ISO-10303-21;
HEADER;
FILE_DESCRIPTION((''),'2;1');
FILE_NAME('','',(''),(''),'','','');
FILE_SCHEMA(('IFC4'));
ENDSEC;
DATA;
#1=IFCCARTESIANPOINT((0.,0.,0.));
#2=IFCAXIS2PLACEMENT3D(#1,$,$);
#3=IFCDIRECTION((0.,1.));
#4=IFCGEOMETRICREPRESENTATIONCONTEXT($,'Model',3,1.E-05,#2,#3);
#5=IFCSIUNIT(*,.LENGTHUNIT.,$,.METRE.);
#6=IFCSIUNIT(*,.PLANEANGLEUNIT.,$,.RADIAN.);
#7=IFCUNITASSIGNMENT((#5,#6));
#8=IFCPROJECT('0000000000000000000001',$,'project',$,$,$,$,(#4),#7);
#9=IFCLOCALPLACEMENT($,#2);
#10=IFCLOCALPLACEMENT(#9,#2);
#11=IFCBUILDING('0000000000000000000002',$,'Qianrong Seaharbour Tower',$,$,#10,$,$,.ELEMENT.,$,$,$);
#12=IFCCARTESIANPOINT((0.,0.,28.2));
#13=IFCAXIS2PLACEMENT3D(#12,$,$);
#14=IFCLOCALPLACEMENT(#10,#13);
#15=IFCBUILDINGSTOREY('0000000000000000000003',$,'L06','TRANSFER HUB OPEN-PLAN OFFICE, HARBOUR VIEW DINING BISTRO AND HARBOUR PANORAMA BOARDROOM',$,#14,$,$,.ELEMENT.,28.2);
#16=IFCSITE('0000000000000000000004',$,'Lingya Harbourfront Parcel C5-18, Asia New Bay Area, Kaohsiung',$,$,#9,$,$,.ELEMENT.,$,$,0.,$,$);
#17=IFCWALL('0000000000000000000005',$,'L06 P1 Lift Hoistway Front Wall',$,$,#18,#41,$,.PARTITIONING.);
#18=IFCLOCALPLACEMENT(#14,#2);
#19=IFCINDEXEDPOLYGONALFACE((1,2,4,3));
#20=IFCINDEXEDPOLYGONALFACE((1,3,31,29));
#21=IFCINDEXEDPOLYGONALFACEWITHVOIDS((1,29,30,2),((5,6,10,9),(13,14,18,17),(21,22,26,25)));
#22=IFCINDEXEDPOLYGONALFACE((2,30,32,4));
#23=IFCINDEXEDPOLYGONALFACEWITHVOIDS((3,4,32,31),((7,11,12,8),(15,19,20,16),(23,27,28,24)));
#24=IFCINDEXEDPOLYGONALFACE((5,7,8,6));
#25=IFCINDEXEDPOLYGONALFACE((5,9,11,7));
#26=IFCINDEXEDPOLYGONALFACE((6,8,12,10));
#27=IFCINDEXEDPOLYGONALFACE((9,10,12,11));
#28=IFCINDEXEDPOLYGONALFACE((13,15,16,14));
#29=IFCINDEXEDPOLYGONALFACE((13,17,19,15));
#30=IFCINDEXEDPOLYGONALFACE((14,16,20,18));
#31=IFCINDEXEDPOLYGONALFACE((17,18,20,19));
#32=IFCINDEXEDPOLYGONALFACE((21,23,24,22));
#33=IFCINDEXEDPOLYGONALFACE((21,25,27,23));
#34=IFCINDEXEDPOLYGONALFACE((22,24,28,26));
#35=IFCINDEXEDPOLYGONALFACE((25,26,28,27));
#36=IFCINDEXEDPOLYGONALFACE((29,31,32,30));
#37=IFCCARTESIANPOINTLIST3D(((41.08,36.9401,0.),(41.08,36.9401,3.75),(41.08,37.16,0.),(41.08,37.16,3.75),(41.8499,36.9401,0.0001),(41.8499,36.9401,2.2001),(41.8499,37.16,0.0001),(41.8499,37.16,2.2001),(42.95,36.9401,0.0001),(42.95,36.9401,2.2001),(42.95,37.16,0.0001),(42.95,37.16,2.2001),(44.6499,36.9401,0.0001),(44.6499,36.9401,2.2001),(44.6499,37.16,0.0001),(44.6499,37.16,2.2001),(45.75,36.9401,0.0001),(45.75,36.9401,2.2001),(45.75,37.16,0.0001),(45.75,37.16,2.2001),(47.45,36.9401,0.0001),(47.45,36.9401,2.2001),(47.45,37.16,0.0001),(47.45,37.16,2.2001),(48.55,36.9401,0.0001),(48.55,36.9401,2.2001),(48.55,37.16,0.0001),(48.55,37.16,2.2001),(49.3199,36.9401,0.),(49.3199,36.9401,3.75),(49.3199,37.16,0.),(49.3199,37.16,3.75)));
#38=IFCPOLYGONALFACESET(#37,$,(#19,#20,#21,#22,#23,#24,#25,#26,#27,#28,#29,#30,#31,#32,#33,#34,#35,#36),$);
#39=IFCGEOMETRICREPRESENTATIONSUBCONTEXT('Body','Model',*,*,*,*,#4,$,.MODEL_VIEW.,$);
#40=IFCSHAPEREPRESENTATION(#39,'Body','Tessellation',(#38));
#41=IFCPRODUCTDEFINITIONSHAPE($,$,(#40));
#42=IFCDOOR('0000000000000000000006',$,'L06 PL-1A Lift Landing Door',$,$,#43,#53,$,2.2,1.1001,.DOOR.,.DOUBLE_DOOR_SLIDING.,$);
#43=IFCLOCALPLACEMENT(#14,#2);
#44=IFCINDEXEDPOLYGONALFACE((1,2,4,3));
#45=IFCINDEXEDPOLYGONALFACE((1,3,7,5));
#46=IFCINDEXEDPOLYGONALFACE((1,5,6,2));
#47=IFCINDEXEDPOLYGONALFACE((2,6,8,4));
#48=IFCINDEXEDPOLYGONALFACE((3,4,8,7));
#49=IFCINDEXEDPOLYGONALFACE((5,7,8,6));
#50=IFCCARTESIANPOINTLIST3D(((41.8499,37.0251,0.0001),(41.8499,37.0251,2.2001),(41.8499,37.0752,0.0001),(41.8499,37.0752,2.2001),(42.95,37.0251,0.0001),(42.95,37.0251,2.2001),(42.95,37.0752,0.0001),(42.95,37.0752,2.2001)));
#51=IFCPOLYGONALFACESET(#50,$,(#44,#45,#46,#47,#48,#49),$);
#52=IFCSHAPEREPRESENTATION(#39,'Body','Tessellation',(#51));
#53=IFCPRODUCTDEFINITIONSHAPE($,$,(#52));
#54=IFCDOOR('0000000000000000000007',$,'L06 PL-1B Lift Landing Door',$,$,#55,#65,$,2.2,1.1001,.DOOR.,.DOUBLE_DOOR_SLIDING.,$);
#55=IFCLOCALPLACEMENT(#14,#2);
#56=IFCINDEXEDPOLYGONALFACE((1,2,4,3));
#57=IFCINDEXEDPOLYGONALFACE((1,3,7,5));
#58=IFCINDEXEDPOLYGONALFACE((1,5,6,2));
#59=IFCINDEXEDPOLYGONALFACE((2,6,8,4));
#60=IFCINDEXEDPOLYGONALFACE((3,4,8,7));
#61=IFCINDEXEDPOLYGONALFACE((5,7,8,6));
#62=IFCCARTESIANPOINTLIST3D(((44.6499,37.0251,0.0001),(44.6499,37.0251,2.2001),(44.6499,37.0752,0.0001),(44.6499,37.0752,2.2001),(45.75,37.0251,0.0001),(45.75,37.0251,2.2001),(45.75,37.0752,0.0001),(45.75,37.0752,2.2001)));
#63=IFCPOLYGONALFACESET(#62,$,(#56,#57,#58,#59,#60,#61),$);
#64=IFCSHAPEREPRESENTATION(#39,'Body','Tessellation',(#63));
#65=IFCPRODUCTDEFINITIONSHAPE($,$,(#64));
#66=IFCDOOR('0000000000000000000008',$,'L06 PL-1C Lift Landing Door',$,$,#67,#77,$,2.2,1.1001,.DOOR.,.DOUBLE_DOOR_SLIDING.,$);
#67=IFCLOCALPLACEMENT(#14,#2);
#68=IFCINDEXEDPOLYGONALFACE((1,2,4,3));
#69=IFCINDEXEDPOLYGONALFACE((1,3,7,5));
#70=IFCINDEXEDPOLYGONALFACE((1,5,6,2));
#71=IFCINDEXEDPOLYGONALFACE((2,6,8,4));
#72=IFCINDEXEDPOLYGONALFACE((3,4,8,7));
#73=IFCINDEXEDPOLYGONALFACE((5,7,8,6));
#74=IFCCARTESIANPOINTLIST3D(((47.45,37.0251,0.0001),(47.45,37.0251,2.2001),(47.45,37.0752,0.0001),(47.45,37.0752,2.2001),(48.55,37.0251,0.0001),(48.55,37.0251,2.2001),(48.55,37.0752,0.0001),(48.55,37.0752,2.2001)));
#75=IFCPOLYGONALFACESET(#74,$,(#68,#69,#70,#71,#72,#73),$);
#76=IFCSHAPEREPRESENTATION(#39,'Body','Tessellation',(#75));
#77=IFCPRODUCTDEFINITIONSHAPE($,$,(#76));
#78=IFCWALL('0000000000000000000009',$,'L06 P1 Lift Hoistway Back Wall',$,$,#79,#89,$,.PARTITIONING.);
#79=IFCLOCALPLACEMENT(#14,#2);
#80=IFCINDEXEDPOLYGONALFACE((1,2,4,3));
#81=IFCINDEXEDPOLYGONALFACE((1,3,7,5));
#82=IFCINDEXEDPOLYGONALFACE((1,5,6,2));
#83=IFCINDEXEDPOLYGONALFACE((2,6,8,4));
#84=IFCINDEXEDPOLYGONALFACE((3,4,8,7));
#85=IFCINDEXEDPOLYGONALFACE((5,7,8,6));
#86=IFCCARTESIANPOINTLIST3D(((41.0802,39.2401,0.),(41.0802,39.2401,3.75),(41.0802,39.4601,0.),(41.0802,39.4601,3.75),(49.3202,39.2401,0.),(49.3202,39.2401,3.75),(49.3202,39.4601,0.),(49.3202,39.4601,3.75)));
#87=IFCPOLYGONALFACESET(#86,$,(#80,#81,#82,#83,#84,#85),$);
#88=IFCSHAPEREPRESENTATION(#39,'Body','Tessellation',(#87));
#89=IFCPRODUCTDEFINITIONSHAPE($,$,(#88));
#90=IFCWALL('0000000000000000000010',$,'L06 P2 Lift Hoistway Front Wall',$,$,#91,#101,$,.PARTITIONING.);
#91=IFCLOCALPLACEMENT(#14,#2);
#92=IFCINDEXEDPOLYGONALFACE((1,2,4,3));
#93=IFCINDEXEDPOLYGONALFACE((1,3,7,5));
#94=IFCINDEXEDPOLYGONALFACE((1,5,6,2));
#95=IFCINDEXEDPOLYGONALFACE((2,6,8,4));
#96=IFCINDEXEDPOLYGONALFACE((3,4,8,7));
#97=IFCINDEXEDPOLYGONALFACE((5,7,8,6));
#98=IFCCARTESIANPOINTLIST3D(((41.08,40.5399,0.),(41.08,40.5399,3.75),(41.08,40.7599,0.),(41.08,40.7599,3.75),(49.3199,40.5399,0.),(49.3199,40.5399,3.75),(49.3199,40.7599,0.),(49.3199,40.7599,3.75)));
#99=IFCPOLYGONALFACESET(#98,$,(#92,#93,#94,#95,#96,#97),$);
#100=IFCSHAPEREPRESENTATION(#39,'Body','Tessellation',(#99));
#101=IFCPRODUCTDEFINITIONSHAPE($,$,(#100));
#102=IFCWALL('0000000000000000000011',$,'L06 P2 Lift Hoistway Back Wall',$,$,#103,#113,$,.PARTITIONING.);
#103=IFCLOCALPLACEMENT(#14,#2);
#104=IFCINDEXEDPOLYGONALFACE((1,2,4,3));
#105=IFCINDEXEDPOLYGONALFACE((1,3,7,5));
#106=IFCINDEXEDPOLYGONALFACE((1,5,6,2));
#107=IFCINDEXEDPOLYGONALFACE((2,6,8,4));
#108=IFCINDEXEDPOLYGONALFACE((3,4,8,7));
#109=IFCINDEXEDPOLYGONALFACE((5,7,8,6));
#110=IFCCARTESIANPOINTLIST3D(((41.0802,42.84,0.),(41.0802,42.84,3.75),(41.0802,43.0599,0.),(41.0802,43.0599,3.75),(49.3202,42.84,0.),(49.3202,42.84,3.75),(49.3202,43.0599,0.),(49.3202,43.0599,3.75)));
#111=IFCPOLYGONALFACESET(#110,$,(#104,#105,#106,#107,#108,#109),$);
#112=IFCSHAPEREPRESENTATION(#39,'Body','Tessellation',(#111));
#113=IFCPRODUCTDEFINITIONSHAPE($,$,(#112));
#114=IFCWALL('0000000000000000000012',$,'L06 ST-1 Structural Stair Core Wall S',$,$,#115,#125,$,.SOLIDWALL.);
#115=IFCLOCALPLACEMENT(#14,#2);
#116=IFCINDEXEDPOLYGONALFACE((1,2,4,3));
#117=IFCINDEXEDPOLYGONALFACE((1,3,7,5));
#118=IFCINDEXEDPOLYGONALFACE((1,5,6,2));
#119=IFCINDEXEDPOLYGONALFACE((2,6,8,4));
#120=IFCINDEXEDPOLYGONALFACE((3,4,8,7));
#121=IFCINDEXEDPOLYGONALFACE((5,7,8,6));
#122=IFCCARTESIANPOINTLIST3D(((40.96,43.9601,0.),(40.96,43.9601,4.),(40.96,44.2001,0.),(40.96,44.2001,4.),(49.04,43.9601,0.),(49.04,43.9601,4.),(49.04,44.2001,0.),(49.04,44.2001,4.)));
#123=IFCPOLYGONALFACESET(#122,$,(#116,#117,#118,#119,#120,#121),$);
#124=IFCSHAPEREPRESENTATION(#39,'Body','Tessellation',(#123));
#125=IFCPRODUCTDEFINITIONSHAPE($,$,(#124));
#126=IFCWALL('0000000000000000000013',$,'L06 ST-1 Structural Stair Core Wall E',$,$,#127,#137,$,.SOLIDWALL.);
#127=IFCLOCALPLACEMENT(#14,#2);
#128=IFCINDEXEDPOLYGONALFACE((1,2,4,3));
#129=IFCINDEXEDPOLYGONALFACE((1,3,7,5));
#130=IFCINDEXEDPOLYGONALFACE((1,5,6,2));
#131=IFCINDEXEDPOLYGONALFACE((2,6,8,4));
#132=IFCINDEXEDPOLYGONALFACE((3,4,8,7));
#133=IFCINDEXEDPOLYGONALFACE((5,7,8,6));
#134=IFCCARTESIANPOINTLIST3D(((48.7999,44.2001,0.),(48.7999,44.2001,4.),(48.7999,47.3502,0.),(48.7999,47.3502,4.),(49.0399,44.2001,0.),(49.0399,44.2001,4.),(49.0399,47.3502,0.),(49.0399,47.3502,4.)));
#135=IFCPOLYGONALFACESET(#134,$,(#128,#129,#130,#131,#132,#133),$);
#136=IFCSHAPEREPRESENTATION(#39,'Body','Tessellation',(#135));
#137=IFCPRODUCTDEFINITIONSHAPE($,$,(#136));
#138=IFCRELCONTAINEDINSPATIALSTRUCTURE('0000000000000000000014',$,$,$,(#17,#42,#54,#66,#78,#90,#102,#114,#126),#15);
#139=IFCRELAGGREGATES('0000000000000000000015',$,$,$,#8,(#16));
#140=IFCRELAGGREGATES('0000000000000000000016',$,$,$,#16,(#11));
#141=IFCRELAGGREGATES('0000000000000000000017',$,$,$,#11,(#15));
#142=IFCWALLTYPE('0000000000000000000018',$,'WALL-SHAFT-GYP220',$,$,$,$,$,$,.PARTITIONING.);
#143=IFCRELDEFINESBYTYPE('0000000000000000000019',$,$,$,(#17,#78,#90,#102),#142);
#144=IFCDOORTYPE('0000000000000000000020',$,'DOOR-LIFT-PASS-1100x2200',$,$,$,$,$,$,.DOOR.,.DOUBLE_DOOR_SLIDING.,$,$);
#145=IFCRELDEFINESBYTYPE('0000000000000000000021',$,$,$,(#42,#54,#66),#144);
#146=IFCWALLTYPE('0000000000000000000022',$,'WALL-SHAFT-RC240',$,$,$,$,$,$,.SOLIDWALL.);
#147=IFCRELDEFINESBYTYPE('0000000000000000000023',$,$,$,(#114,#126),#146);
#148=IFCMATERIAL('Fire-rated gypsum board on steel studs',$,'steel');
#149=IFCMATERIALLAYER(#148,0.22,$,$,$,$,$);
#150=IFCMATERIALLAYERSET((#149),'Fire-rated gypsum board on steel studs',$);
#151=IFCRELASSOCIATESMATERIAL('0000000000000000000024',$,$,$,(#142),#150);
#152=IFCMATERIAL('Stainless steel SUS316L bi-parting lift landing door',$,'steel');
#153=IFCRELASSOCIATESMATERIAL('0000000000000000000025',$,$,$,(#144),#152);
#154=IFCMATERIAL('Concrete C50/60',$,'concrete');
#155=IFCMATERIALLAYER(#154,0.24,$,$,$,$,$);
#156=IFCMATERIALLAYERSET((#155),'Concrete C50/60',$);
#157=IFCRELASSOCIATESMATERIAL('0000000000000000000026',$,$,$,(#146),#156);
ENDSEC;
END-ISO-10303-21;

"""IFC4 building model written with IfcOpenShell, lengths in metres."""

from ifc_helpers import new_model, si_unit, direction, frame, frame_2d, origin, place, context, subcontext, project, spatial, rectangle, extrude, material, layer, layer_set, type_object, element, fill, save


model = new_model("IFC4")

# Units and contexts
model_context = context("Model", 3, precision=1e-05, world=origin(), true_north=direction((0.0, 1.0)))
body_context = subcontext(model_context, "Body", "Model", "MODEL_VIEW")
ifc_project = project(units=[si_unit("LENGTHUNIT", "METRE"), si_unit("PLANEANGLEUNIT", "RADIAN")], contexts=[model_context])

# Site, building, storey
site_placement = place(None, origin())
site = spatial("IfcSite", under=ifc_project, at=site_placement, Name="Lingya Harbourfront Parcel C5-18, Asia New Bay Area, Kaohsiung", CompositionType="ELEMENT", RefElevation=0.0)
building_placement = place(site_placement, origin())
building = spatial("IfcBuilding", under=site, at=building_placement, Name="Qianrong Seaharbour Tower", CompositionType="ELEMENT")
storey_placement = place(building_placement, frame((0.0, 0.0, 28.2)))
storey = spatial("IfcBuildingStorey", under=building, at=storey_placement, Name="L06", Description="TRANSFER HUB OPEN-PLAN OFFICE, HARBOUR VIEW DINING BISTRO AND HARBOUR PANORAMA BOARDROOM", CompositionType="ELEMENT", Elevation=28.2)

# Shared definitions
ifc_material_1 = material(Name="Fire-rated gypsum board on steel studs", Category="steel")

# Wall, openings, doors
ifc_layer_1 = layer(ifc_material_1, 0.22)
ifc_layer_set_1 = layer_set([ifc_layer_1], Name="Fire-rated gypsum board on steel studs")
wall_type_1 = type_object("IfcWallType", Name="WALL-SHAFT-GYP220", PredefinedType="PARTITIONING", material=ifc_layer_set_1)
wall_1_placement = place(storey_placement, frame((49.3201, 37.05, 0.0), z_axis=(0.0, 0.0, 1.0), x_axis=(-1.0, 0.0, 0.0)))
wall_1 = element("IfcWall", 1, at=wall_1_placement, inside=storey, type_object=wall_type_1, Name="L06 P1 Lift Hoistway Front Wall", PredefinedType="PARTITIONING", context=body_context, shape_type="SweptSolid", body=[
    extrude(rectangle(XDim=8.24, YDim=0.22, at=frame_2d((4.1201, 0.0))), origin(), (0.0, 0.0, 1.0), 3.75),
])
opening_1_placement = place(wall_1_placement, frame((6.3701, 0.0, 0.0)))
opening_1 = element("IfcOpeningElement", 2, at=opening_1_placement, cuts=wall_1, PredefinedType="OPENING", context=body_context, shape_type="SweptSolid", body=[
    extrude(rectangle(XDim=1.1001, YDim=2.2, at=frame_2d((0.55, 1.1001))), frame((0.0, 0.1201, 0.0), z_axis=(0.0, -1.0, 0.0), x_axis=(1.0, 0.0, 0.0)), (0.0, 0.0, 1.0), 0.24),
])
opening_2_placement = place(wall_1_placement, frame((3.5701, 0.0, 0.0)))
opening_2 = element("IfcOpeningElement", 3, at=opening_2_placement, cuts=wall_1, PredefinedType="OPENING", context=body_context, shape_type="SweptSolid", body=[
    extrude(rectangle(XDim=1.1001, YDim=2.2, at=frame_2d((0.55, 1.1001))), frame((0.0, 0.1201, 0.0), z_axis=(0.0, -1.0, 0.0), x_axis=(1.0, 0.0, 0.0)), (0.0, 0.0, 1.0), 0.24),
])
opening_3_placement = place(wall_1_placement, frame((0.77, 0.0, 0.0)))
opening_3 = element("IfcOpeningElement", 4, at=opening_3_placement, cuts=wall_1, PredefinedType="OPENING", context=body_context, shape_type="SweptSolid", body=[
    extrude(rectangle(XDim=1.1001, YDim=2.2, at=frame_2d((0.55, 1.1001))), frame((0.0, 0.1201, 0.0), z_axis=(0.0, -1.0, 0.0), x_axis=(1.0, 0.0, 0.0)), (0.0, 0.0, 1.0), 0.24),
])
ifc_material_2 = material(Name="Stainless steel SUS316L bi-parting lift landing door", Category="steel")
door_type = type_object("IfcDoorType", Name="DOOR-LIFT-PASS-1100x2200", OperationType="DOUBLE_DOOR_SLIDING", PredefinedType="DOOR", material=ifc_material_2)
door_1_placement = place(opening_1_placement, origin())
door_1 = element("IfcDoor", 5, at=door_1_placement, inside=storey, type_object=door_type, Name="L06 PL-1A Lift Landing Door", OperationType="DOUBLE_DOOR_SLIDING", OverallHeight=2.2, OverallWidth=1.1001, PredefinedType="DOOR", context=body_context, shape_type="SweptSolid", body=[
    extrude(rectangle(XDim=1.1001, YDim=2.2, at=frame_2d((0.55, 1.1001))), frame((0.0, 0.0249, 0.0), z_axis=(0.0, -1.0, 0.0), x_axis=(1.0, 0.0, 0.0)), (0.0, 0.0, 1.0), 0.05),
])
fill(opening_1, door_1)
door_2_placement = place(opening_2_placement, origin())
door_2 = element("IfcDoor", 6, at=door_2_placement, inside=storey, type_object=door_type, Name="L06 PL-1B Lift Landing Door", OperationType="DOUBLE_DOOR_SLIDING", OverallHeight=2.2, OverallWidth=1.1001, PredefinedType="DOOR", context=body_context, shape_type="SweptSolid", body=[
    extrude(rectangle(XDim=1.1001, YDim=2.2, at=frame_2d((0.55, 1.1001))), frame((0.0, 0.0249, 0.0), z_axis=(0.0, -1.0, 0.0), x_axis=(1.0, 0.0, 0.0)), (0.0, 0.0, 1.0), 0.05),
])
fill(opening_2, door_2)
door_3_placement = place(opening_3_placement, origin())
door_3 = element("IfcDoor", 7, at=door_3_placement, inside=storey, type_object=door_type, Name="L06 PL-1C Lift Landing Door", OperationType="DOUBLE_DOOR_SLIDING", OverallHeight=2.2, OverallWidth=1.1001, PredefinedType="DOOR", context=body_context, shape_type="SweptSolid", body=[
    extrude(rectangle(XDim=1.1001, YDim=2.2, at=frame_2d((0.55, 1.1001))), frame((0.0, 0.0249, 0.0), z_axis=(0.0, -1.0, 0.0), x_axis=(1.0, 0.0, 0.0)), (0.0, 0.0, 1.0), 0.05),
])
fill(opening_3, door_3)

# Walls
for number, where, z_axis, x_axis, name in (
    (8, (41.0801, 39.3501, 0.0), (0.0, 0.0, 1.0), (1.0, 0.0, 0.0), "L06 P1 Lift Hoistway Back Wall"),
    (9, (49.3201, 40.6499, 0.0), (0.0, 0.0, 1.0), (-1.0, 0.0, 0.0), "L06 P2 Lift Hoistway Front Wall"),
    (10, (41.0801, 42.95, 0.0), (0.0, 0.0, 1.0), (1.0, 0.0, 0.0), "L06 P2 Lift Hoistway Back Wall"),
):
    element("IfcWall", number, at=place(storey_placement, frame(where, z_axis=z_axis, x_axis=x_axis)), inside=storey, type_object=wall_type_1, Name=name, PredefinedType="PARTITIONING", context=body_context, shape_type="SweptSolid", body=[
        extrude(rectangle(XDim=8.24, YDim=0.22, at=frame_2d((4.1201, 0.0))), origin(), (0.0, 0.0, 1.0), 3.75),
    ])
ifc_material_3 = material(Name="Concrete C50/60", Category="concrete")
ifc_layer_2 = layer(ifc_material_3, 0.24)
ifc_layer_set_2 = layer_set([ifc_layer_2], Name="Concrete C50/60")
wall_type_2 = type_object("IfcWallType", Name="WALL-SHAFT-RC240", PredefinedType="SOLIDWALL", material=ifc_layer_set_2)
wall_2_placement = place(storey_placement, frame((49.04, 44.0801, 0.0), z_axis=(0.0, 0.0, 1.0), x_axis=(-1.0, 0.0, 0.0)))
element("IfcWall", 11, at=wall_2_placement, inside=storey, type_object=wall_type_2, Name="L06 ST-1 Structural Stair Core Wall S", PredefinedType="SOLIDWALL", context=body_context, shape_type="SweptSolid", body=[
    extrude(rectangle(XDim=8.0801, YDim=0.24, at=frame_2d((4.04, 0.0))), origin(), (0.0, 0.0, 1.0), 4.0),
])
wall_3_placement = place(storey_placement, frame((48.9199, 44.2, 0.0), z_axis=(0.0, 0.0, 1.0), x_axis=(0.0, 1.0, 0.0)))
element("IfcWall", 12, at=wall_3_placement, inside=storey, type_object=wall_type_2, Name="L06 ST-1 Structural Stair Core Wall E", PredefinedType="SOLIDWALL", context=body_context, shape_type="SweptSolid", body=[
    extrude(rectangle(XDim=3.1501, YDim=0.24, at=frame_2d((1.5752, 0.0))), origin(), (0.0, 0.0, 1.0), 4.0),
])

save(model, "model.ifc")
